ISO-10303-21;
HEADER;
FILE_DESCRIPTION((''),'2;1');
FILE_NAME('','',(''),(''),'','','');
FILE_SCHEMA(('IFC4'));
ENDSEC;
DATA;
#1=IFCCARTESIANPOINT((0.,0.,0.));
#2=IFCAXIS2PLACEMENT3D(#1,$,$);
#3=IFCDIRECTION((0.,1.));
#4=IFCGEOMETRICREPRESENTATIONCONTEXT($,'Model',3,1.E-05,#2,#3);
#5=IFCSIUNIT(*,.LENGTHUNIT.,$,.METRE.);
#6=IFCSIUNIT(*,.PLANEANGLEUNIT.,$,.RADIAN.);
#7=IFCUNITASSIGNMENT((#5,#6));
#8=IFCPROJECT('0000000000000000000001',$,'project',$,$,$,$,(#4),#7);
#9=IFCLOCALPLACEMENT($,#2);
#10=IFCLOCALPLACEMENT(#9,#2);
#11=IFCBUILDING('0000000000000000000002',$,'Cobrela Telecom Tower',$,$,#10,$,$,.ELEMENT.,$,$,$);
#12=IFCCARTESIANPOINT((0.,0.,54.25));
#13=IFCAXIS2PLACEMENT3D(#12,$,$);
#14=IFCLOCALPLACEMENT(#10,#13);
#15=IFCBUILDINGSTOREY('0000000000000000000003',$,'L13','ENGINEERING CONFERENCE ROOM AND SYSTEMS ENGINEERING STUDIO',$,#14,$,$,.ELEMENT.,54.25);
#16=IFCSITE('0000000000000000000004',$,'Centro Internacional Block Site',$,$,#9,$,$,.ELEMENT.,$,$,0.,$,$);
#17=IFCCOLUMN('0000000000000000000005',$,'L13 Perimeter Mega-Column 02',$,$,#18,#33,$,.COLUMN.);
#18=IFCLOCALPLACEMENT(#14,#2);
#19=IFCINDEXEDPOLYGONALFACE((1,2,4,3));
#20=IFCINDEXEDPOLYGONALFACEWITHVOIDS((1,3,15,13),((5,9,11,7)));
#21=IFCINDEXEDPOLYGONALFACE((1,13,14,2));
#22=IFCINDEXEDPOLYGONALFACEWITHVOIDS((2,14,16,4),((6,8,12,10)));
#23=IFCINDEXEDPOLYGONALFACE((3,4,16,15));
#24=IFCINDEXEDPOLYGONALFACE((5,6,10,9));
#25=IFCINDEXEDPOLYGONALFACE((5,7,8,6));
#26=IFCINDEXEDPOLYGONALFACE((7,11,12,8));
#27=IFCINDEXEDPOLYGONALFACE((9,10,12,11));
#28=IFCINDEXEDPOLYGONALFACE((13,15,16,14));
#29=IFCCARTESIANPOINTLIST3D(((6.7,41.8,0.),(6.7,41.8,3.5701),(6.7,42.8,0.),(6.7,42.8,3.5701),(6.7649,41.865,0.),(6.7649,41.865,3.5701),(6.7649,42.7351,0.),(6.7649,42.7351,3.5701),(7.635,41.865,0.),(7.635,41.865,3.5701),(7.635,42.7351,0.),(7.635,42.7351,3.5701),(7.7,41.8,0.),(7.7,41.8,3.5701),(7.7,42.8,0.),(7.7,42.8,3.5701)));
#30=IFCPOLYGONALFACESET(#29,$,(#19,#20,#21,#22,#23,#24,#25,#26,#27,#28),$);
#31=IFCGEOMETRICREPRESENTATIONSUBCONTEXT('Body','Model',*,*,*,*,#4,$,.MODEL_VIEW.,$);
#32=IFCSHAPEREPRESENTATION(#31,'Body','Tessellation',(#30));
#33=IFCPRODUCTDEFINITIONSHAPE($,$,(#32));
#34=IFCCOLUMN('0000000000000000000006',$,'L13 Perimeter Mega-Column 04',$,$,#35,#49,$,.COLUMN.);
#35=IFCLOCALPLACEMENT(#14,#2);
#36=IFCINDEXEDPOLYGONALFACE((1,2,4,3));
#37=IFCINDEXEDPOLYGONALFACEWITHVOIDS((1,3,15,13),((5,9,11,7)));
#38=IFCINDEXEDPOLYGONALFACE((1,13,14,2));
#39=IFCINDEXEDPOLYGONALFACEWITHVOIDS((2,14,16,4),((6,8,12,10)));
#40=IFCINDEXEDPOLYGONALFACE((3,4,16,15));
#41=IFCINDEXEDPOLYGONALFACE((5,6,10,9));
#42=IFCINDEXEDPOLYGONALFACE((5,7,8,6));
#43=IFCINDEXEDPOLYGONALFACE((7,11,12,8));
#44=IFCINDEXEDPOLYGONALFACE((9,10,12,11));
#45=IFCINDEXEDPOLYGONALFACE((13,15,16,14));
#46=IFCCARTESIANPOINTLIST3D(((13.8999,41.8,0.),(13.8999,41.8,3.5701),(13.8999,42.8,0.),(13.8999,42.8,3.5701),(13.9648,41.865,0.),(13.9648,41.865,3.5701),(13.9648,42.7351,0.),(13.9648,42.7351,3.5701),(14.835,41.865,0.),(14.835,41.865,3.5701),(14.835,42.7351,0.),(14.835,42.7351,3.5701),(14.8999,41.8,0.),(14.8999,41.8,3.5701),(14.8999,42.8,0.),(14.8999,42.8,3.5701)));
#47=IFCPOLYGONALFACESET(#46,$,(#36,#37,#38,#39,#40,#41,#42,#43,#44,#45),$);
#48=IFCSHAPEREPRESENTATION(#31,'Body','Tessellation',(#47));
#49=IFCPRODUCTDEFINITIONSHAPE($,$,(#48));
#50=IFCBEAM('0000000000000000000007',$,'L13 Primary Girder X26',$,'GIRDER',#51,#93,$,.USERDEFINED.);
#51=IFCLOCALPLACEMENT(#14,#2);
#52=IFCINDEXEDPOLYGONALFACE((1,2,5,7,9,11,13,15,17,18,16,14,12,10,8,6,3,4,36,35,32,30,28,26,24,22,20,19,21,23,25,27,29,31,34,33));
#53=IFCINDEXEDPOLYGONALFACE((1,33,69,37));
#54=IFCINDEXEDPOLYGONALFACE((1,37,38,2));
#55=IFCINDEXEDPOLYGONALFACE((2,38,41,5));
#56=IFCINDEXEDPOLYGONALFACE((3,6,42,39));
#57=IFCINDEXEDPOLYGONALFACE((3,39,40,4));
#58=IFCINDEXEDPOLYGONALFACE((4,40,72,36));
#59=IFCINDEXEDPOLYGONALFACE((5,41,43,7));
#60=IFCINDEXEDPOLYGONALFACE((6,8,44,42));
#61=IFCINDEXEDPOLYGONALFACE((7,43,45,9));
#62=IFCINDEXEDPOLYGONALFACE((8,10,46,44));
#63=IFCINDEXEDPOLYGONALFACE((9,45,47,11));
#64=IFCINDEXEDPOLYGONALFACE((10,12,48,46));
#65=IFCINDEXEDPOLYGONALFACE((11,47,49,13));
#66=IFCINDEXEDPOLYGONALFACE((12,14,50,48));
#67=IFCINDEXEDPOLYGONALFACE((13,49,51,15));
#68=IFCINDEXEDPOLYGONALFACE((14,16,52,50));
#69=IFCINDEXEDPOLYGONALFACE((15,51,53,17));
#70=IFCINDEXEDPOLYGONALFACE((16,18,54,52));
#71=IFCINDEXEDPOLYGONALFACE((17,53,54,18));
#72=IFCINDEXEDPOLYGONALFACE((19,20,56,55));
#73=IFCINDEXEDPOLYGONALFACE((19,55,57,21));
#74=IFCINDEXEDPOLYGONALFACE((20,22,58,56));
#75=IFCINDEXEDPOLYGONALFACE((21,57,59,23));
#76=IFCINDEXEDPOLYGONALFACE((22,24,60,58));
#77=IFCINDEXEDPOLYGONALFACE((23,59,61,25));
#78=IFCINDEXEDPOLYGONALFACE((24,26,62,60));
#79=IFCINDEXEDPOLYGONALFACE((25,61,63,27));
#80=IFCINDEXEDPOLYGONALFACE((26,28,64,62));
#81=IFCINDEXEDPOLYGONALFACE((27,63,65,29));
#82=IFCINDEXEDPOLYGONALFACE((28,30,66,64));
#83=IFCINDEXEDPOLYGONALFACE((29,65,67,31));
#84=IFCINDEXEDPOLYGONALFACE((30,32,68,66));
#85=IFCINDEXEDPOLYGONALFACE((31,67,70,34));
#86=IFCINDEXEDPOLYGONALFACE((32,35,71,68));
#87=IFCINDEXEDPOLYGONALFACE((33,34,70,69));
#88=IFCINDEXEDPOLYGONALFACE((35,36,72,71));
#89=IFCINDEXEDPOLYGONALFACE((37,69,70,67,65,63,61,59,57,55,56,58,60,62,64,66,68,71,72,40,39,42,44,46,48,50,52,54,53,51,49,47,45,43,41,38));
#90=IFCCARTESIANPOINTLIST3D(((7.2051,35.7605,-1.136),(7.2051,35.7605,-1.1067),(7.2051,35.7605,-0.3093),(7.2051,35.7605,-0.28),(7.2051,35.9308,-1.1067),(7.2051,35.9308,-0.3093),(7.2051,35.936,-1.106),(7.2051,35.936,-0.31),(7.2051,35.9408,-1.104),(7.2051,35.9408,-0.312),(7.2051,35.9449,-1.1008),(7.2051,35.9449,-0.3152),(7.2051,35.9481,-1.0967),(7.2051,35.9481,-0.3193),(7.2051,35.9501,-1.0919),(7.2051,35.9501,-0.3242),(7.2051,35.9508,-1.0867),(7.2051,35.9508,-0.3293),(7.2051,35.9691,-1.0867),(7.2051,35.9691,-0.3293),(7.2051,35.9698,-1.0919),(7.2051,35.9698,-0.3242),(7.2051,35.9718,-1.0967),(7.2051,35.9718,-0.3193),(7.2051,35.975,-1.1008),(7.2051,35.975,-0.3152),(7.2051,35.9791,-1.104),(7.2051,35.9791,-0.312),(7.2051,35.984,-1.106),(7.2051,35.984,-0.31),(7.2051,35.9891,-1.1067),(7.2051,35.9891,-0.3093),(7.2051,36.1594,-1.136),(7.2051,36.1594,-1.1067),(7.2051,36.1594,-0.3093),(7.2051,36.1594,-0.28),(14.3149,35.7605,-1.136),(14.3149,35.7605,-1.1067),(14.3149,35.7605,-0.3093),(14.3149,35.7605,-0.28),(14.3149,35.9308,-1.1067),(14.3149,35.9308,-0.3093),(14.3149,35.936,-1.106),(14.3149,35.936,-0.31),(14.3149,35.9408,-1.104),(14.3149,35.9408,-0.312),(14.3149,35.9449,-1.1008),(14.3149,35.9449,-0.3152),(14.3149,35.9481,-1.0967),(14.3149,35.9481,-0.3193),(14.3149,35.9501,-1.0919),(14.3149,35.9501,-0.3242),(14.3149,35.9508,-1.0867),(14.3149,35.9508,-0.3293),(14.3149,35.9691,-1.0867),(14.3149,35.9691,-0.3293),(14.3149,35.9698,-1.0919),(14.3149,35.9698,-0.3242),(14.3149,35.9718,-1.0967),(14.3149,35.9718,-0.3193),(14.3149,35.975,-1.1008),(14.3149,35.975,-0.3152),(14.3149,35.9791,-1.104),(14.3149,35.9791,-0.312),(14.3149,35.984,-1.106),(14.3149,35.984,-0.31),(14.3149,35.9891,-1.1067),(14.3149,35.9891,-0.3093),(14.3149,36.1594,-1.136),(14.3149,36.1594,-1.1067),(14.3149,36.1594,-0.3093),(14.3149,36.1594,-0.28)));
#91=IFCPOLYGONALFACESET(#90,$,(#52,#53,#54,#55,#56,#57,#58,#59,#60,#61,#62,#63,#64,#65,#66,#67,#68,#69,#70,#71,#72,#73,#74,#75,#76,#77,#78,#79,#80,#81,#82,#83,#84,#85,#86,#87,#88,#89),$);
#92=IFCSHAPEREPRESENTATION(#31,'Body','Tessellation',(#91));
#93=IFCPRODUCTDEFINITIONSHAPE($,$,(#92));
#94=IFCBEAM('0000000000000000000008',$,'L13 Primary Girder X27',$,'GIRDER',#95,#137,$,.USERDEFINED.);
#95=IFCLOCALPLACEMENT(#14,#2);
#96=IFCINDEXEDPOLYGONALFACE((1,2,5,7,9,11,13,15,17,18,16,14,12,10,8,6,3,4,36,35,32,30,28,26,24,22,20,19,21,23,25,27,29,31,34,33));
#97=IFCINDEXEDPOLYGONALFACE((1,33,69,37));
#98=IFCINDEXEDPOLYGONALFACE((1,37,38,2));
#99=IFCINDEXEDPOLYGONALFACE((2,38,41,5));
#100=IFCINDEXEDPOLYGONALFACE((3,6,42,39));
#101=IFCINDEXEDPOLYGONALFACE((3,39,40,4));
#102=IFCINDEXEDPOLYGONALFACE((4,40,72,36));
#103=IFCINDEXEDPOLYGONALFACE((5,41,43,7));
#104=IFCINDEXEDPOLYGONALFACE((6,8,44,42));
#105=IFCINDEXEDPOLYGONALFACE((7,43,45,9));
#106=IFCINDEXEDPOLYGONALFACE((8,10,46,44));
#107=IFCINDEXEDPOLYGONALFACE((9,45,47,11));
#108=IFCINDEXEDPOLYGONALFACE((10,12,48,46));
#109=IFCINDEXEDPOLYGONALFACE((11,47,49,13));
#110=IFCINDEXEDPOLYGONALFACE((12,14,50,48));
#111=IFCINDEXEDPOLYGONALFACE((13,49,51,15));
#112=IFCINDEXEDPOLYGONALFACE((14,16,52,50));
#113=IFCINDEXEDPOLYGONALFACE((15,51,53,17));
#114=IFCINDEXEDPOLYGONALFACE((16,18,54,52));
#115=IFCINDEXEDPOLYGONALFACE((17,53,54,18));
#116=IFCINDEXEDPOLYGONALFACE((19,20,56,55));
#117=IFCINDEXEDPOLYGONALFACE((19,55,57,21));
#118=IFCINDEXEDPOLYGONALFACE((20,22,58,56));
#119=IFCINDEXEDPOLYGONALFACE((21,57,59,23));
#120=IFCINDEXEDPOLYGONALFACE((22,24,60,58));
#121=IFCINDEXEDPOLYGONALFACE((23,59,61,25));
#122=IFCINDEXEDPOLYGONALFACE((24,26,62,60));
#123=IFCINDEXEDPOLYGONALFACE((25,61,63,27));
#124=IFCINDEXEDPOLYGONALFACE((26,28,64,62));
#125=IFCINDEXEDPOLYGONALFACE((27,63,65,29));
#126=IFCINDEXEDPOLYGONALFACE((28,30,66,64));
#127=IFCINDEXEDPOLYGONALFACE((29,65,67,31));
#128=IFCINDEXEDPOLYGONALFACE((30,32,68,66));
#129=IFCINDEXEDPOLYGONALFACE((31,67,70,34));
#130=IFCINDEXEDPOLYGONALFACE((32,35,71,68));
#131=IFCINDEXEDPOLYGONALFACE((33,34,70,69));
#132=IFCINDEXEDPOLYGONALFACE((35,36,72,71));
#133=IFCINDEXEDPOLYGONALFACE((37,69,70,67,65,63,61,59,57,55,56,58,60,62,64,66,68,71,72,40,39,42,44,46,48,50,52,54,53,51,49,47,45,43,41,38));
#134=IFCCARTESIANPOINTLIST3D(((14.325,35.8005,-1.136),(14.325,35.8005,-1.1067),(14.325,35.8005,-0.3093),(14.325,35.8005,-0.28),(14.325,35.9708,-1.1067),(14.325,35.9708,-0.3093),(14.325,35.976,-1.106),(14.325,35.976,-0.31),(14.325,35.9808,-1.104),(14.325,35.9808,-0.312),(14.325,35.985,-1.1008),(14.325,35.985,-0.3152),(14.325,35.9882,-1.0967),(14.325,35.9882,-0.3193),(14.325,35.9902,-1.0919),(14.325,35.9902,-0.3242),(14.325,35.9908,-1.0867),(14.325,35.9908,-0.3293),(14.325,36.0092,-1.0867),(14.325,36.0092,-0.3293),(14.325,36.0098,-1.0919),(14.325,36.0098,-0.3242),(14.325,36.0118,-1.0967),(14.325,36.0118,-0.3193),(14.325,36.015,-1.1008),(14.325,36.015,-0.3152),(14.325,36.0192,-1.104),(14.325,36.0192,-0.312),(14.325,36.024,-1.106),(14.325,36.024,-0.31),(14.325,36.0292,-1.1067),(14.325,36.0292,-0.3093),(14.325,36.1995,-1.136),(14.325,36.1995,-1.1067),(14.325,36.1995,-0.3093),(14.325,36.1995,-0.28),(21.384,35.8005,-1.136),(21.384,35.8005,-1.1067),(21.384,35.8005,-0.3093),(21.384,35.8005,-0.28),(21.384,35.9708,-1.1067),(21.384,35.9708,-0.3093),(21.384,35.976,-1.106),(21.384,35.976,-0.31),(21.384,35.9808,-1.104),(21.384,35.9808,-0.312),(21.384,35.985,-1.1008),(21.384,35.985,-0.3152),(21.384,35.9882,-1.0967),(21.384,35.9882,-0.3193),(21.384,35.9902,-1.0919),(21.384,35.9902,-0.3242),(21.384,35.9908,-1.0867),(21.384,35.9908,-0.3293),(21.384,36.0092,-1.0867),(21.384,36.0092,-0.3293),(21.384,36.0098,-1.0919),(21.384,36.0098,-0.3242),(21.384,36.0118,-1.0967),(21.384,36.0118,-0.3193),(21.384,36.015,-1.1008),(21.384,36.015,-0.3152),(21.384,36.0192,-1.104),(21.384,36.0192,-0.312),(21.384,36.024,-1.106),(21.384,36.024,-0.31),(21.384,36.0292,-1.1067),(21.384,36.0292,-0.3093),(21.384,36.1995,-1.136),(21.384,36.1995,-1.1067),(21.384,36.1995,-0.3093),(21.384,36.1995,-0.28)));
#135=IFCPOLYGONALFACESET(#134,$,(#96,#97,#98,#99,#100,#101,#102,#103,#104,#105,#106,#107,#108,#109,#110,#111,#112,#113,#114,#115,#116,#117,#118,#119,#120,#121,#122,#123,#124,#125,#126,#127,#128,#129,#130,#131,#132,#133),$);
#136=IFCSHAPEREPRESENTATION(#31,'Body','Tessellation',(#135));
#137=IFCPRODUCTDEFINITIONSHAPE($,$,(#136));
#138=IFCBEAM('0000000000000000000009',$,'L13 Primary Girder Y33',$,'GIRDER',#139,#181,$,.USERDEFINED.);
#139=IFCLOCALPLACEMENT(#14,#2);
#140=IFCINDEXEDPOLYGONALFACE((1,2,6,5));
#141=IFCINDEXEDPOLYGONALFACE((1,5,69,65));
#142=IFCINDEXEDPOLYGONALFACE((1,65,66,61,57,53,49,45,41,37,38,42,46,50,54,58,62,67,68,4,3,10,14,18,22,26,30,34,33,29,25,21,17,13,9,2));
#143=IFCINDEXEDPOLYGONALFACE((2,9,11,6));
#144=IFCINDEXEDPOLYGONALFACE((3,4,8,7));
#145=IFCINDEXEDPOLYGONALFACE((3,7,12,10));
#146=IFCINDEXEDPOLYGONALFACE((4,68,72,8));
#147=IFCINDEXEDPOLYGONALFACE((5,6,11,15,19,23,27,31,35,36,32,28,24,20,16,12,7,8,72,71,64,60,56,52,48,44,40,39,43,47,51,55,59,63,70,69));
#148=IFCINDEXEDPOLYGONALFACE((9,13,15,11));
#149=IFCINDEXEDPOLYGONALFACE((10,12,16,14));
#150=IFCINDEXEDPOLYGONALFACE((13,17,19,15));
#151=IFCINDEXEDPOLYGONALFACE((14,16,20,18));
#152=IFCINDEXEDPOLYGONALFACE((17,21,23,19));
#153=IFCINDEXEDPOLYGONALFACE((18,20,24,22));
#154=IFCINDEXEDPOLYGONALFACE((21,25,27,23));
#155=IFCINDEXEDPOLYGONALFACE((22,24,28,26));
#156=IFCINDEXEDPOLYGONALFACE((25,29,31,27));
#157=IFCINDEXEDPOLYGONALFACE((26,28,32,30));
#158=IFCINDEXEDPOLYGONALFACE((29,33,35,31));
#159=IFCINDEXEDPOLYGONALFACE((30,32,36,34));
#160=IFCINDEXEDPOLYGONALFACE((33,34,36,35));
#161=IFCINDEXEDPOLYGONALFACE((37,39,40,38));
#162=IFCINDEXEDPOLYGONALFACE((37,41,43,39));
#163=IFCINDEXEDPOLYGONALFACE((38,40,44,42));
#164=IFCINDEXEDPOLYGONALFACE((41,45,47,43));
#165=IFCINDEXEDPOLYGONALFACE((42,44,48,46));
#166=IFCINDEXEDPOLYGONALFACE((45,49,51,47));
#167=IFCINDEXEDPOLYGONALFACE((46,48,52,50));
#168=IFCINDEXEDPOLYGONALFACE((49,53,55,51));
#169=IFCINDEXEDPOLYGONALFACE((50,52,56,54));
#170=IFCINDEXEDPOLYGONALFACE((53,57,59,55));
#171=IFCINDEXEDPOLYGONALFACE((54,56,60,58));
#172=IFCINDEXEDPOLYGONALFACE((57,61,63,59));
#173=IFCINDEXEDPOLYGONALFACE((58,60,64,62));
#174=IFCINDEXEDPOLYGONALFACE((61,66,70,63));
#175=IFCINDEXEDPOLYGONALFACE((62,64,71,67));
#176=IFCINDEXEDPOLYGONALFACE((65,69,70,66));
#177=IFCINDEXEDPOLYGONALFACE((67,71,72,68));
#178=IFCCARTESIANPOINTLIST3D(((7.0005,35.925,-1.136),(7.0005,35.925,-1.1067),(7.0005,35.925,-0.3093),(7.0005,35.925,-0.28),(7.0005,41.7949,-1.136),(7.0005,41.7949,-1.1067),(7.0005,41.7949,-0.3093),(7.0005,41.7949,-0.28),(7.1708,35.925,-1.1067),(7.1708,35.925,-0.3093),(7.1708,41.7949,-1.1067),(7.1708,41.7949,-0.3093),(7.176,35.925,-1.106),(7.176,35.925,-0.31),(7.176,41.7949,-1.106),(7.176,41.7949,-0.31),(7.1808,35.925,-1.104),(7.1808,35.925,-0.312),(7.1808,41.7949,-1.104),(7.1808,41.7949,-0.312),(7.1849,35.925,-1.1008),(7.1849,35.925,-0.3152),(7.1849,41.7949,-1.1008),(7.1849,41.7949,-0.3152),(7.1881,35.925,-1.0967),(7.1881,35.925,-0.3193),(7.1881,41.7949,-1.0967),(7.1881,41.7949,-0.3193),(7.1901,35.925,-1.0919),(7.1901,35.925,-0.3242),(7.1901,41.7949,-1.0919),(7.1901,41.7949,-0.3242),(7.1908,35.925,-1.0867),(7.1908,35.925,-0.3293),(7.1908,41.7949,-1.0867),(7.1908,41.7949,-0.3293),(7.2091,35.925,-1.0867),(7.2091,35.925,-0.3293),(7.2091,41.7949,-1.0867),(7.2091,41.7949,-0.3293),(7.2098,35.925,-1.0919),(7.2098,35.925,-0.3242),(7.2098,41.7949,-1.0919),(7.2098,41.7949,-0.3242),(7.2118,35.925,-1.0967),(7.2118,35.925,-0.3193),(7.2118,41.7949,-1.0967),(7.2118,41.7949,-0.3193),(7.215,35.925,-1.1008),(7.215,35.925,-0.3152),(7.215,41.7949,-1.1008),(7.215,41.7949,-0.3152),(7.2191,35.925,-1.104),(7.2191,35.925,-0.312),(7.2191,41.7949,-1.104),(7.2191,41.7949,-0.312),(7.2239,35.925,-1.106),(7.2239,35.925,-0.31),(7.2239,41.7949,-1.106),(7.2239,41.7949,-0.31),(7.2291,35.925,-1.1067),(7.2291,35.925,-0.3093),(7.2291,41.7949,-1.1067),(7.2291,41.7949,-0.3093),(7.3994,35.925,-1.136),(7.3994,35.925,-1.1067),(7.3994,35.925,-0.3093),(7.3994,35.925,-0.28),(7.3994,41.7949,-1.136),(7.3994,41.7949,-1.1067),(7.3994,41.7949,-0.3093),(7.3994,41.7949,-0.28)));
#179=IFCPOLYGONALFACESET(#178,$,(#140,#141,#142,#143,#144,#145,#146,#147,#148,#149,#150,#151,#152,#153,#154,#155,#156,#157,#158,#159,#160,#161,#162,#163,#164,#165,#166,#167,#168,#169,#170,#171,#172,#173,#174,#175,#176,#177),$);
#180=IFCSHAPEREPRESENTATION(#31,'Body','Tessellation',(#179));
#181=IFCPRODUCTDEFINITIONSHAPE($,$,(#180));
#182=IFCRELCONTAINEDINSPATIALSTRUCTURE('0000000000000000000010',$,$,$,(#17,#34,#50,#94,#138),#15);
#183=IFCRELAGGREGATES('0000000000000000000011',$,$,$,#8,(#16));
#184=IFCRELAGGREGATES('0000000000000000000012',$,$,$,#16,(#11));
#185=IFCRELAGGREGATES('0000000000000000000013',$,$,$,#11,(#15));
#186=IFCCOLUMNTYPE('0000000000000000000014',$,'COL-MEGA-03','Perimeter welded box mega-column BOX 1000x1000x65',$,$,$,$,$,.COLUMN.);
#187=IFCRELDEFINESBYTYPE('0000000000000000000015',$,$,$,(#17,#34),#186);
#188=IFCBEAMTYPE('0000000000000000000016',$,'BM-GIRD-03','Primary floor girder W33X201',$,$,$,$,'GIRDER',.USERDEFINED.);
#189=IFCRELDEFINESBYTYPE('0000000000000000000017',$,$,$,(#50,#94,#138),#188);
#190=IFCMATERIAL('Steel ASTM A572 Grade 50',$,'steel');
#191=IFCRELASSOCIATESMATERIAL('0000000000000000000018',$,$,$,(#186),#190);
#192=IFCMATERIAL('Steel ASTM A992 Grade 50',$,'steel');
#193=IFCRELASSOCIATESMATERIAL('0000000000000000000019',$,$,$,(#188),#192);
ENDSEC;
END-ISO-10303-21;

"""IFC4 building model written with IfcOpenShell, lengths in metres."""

from ifc_helpers import new_model, si_unit, direction, frame, origin, origin_2d, place, context, subcontext, project, spatial, hollow_rectangle, i_section, extrude, material, material_profile, profile_set, type_object, element, save


model = new_model("IFC4")

# Units and contexts
model_context = context("Model", 3, precision=1e-05, world=origin(), true_north=direction((0.0, 1.0)))
body_context = subcontext(model_context, "Body", "Model", "MODEL_VIEW")
ifc_project = project(units=[si_unit("LENGTHUNIT", "METRE"), si_unit("PLANEANGLEUNIT", "RADIAN")], contexts=[model_context])

# Site, building, storey
site_placement = place(None, origin())
site = spatial("IfcSite", under=ifc_project, at=site_placement, Name="Centro Internacional Block Site", CompositionType="ELEMENT", RefElevation=0.0)
building_placement = place(site_placement, origin())
building = spatial("IfcBuilding", under=site, at=building_placement, Name="Cobrela Telecom Tower", CompositionType="ELEMENT")
storey_placement = place(building_placement, frame((0.0, 0.0, 54.25)))
storey = spatial("IfcBuildingStorey", under=building, at=storey_placement, Name="L13", Description="ENGINEERING CONFERENCE ROOM AND SYSTEMS ENGINEERING STUDIO", CompositionType="ELEMENT", Elevation=54.25)

# Columns
ifc_material_1 = material(Name="Steel ASTM A572 Grade 50", Category="steel")
ifc_material_profile_1 = material_profile(ifc_material_1, hollow_rectangle(XDim=1.0, YDim=1.0, WallThickness=0.0649, at=origin_2d()), Name="BOX 1000x1000x65")
ifc_profile_set_1 = profile_set([ifc_material_profile_1], Name="Steel ASTM A572 Grade 50")
column_type = type_object("IfcColumnType", Name="COL-MEGA-03", Description="Perimeter welded box mega-column BOX 1000x1000x65", PredefinedType="COLUMN", material=ifc_profile_set_1)
for number, where, z_axis, x_axis, name in (
    (1, (7.2, 42.3, 0.0), (0.0, 0.0, 1.0), (1.0, 0.0, 0.0), "L13 Perimeter Mega-Column 02"),
    (2, (14.3999, 42.3, 0.0), (0.0, 0.0, 1.0), (1.0, 0.0, 0.0), "L13 Perimeter Mega-Column 04"),
):
    element("IfcColumn", number, at=place(storey_placement, frame(where, z_axis=z_axis, x_axis=x_axis)), inside=storey, type_object=column_type, Name=name, PredefinedType="COLUMN", context=body_context, shape_type="SweptSolid", body=[
        extrude(hollow_rectangle(XDim=1.0, YDim=1.0, WallThickness=0.0649, at=origin_2d()), origin(), (0.0, 0.0, 1.0), 3.5701),
    ])

# Beams
ifc_material_2 = material(Name="Steel ASTM A992 Grade 50", Category="steel")
ifc_material_profile_2 = material_profile(ifc_material_2, i_section(OverallWidth=0.3989, OverallDepth=0.856, WebThickness=0.0183, FlangeThickness=0.0293, FilletRadius=0.02, at=origin_2d()), Name="W33X201")
ifc_profile_set_2 = profile_set([ifc_material_profile_2], Name="Steel ASTM A992 Grade 50")
beam_type_1 = type_object("IfcBeamType", Name="BM-GIRD-03", Description="Primary floor girder W33X201", ElementType="GIRDER", PredefinedType="USERDEFINED", material=ifc_profile_set_2)
beam_1_placement = place(storey_placement, frame((7.2051, 35.96, -0.708), z_axis=(1.0, 0.0, 0.0), x_axis=(0.0, 1.0, 0.0)))
element("IfcBeam", 3, at=beam_1_placement, inside=storey, type_object=beam_type_1, Name="L13 Primary Girder X26", ObjectType="GIRDER", PredefinedType="USERDEFINED", context=body_context, shape_type="SweptSolid", body=[
    extrude(i_section(OverallWidth=0.3989, OverallDepth=0.856, WebThickness=0.0183, FlangeThickness=0.0293, FilletRadius=0.02, at=origin_2d()), origin(), (0.0, 0.0, 1.0), 7.1099),
])
beam_2_placement = place(storey_placement, frame((14.325, 36.0, -0.708), z_axis=(1.0, 0.0, 0.0), x_axis=(0.0, 1.0, 0.0)))
element("IfcBeam", 4, at=beam_2_placement, inside=storey, type_object=beam_type_1, Name="L13 Primary Girder X27", ObjectType="GIRDER", PredefinedType="USERDEFINED", context=body_context, shape_type="SweptSolid", body=[
    extrude(i_section(OverallWidth=0.3989, OverallDepth=0.856, WebThickness=0.0183, FlangeThickness=0.0293, FilletRadius=0.02, at=origin_2d()), origin(), (0.0, 0.0, 1.0), 7.0591),
])
for number, where, z_axis, x_axis, name in (
    (5, (7.2, 35.925, -0.708), (0.0, 1.0, 0.0), (-1.0, 0.0, 0.0), "L13 Primary Girder Y33"),
):
    element("IfcBeam", number, at=place(storey_placement, frame(where, z_axis=z_axis, x_axis=x_axis)), inside=storey, type_object=beam_type_1, Name=name, ObjectType="GIRDER", PredefinedType="USERDEFINED", context=body_context, shape_type="SweptSolid", body=[
        extrude(i_section(OverallWidth=0.3989, OverallDepth=0.856, WebThickness=0.0183, FlangeThickness=0.0293, FilletRadius=0.02, at=origin_2d()), origin(), (0.0, 0.0, 1.0), 5.8699),
    ])

save(model, "model.ifc")
